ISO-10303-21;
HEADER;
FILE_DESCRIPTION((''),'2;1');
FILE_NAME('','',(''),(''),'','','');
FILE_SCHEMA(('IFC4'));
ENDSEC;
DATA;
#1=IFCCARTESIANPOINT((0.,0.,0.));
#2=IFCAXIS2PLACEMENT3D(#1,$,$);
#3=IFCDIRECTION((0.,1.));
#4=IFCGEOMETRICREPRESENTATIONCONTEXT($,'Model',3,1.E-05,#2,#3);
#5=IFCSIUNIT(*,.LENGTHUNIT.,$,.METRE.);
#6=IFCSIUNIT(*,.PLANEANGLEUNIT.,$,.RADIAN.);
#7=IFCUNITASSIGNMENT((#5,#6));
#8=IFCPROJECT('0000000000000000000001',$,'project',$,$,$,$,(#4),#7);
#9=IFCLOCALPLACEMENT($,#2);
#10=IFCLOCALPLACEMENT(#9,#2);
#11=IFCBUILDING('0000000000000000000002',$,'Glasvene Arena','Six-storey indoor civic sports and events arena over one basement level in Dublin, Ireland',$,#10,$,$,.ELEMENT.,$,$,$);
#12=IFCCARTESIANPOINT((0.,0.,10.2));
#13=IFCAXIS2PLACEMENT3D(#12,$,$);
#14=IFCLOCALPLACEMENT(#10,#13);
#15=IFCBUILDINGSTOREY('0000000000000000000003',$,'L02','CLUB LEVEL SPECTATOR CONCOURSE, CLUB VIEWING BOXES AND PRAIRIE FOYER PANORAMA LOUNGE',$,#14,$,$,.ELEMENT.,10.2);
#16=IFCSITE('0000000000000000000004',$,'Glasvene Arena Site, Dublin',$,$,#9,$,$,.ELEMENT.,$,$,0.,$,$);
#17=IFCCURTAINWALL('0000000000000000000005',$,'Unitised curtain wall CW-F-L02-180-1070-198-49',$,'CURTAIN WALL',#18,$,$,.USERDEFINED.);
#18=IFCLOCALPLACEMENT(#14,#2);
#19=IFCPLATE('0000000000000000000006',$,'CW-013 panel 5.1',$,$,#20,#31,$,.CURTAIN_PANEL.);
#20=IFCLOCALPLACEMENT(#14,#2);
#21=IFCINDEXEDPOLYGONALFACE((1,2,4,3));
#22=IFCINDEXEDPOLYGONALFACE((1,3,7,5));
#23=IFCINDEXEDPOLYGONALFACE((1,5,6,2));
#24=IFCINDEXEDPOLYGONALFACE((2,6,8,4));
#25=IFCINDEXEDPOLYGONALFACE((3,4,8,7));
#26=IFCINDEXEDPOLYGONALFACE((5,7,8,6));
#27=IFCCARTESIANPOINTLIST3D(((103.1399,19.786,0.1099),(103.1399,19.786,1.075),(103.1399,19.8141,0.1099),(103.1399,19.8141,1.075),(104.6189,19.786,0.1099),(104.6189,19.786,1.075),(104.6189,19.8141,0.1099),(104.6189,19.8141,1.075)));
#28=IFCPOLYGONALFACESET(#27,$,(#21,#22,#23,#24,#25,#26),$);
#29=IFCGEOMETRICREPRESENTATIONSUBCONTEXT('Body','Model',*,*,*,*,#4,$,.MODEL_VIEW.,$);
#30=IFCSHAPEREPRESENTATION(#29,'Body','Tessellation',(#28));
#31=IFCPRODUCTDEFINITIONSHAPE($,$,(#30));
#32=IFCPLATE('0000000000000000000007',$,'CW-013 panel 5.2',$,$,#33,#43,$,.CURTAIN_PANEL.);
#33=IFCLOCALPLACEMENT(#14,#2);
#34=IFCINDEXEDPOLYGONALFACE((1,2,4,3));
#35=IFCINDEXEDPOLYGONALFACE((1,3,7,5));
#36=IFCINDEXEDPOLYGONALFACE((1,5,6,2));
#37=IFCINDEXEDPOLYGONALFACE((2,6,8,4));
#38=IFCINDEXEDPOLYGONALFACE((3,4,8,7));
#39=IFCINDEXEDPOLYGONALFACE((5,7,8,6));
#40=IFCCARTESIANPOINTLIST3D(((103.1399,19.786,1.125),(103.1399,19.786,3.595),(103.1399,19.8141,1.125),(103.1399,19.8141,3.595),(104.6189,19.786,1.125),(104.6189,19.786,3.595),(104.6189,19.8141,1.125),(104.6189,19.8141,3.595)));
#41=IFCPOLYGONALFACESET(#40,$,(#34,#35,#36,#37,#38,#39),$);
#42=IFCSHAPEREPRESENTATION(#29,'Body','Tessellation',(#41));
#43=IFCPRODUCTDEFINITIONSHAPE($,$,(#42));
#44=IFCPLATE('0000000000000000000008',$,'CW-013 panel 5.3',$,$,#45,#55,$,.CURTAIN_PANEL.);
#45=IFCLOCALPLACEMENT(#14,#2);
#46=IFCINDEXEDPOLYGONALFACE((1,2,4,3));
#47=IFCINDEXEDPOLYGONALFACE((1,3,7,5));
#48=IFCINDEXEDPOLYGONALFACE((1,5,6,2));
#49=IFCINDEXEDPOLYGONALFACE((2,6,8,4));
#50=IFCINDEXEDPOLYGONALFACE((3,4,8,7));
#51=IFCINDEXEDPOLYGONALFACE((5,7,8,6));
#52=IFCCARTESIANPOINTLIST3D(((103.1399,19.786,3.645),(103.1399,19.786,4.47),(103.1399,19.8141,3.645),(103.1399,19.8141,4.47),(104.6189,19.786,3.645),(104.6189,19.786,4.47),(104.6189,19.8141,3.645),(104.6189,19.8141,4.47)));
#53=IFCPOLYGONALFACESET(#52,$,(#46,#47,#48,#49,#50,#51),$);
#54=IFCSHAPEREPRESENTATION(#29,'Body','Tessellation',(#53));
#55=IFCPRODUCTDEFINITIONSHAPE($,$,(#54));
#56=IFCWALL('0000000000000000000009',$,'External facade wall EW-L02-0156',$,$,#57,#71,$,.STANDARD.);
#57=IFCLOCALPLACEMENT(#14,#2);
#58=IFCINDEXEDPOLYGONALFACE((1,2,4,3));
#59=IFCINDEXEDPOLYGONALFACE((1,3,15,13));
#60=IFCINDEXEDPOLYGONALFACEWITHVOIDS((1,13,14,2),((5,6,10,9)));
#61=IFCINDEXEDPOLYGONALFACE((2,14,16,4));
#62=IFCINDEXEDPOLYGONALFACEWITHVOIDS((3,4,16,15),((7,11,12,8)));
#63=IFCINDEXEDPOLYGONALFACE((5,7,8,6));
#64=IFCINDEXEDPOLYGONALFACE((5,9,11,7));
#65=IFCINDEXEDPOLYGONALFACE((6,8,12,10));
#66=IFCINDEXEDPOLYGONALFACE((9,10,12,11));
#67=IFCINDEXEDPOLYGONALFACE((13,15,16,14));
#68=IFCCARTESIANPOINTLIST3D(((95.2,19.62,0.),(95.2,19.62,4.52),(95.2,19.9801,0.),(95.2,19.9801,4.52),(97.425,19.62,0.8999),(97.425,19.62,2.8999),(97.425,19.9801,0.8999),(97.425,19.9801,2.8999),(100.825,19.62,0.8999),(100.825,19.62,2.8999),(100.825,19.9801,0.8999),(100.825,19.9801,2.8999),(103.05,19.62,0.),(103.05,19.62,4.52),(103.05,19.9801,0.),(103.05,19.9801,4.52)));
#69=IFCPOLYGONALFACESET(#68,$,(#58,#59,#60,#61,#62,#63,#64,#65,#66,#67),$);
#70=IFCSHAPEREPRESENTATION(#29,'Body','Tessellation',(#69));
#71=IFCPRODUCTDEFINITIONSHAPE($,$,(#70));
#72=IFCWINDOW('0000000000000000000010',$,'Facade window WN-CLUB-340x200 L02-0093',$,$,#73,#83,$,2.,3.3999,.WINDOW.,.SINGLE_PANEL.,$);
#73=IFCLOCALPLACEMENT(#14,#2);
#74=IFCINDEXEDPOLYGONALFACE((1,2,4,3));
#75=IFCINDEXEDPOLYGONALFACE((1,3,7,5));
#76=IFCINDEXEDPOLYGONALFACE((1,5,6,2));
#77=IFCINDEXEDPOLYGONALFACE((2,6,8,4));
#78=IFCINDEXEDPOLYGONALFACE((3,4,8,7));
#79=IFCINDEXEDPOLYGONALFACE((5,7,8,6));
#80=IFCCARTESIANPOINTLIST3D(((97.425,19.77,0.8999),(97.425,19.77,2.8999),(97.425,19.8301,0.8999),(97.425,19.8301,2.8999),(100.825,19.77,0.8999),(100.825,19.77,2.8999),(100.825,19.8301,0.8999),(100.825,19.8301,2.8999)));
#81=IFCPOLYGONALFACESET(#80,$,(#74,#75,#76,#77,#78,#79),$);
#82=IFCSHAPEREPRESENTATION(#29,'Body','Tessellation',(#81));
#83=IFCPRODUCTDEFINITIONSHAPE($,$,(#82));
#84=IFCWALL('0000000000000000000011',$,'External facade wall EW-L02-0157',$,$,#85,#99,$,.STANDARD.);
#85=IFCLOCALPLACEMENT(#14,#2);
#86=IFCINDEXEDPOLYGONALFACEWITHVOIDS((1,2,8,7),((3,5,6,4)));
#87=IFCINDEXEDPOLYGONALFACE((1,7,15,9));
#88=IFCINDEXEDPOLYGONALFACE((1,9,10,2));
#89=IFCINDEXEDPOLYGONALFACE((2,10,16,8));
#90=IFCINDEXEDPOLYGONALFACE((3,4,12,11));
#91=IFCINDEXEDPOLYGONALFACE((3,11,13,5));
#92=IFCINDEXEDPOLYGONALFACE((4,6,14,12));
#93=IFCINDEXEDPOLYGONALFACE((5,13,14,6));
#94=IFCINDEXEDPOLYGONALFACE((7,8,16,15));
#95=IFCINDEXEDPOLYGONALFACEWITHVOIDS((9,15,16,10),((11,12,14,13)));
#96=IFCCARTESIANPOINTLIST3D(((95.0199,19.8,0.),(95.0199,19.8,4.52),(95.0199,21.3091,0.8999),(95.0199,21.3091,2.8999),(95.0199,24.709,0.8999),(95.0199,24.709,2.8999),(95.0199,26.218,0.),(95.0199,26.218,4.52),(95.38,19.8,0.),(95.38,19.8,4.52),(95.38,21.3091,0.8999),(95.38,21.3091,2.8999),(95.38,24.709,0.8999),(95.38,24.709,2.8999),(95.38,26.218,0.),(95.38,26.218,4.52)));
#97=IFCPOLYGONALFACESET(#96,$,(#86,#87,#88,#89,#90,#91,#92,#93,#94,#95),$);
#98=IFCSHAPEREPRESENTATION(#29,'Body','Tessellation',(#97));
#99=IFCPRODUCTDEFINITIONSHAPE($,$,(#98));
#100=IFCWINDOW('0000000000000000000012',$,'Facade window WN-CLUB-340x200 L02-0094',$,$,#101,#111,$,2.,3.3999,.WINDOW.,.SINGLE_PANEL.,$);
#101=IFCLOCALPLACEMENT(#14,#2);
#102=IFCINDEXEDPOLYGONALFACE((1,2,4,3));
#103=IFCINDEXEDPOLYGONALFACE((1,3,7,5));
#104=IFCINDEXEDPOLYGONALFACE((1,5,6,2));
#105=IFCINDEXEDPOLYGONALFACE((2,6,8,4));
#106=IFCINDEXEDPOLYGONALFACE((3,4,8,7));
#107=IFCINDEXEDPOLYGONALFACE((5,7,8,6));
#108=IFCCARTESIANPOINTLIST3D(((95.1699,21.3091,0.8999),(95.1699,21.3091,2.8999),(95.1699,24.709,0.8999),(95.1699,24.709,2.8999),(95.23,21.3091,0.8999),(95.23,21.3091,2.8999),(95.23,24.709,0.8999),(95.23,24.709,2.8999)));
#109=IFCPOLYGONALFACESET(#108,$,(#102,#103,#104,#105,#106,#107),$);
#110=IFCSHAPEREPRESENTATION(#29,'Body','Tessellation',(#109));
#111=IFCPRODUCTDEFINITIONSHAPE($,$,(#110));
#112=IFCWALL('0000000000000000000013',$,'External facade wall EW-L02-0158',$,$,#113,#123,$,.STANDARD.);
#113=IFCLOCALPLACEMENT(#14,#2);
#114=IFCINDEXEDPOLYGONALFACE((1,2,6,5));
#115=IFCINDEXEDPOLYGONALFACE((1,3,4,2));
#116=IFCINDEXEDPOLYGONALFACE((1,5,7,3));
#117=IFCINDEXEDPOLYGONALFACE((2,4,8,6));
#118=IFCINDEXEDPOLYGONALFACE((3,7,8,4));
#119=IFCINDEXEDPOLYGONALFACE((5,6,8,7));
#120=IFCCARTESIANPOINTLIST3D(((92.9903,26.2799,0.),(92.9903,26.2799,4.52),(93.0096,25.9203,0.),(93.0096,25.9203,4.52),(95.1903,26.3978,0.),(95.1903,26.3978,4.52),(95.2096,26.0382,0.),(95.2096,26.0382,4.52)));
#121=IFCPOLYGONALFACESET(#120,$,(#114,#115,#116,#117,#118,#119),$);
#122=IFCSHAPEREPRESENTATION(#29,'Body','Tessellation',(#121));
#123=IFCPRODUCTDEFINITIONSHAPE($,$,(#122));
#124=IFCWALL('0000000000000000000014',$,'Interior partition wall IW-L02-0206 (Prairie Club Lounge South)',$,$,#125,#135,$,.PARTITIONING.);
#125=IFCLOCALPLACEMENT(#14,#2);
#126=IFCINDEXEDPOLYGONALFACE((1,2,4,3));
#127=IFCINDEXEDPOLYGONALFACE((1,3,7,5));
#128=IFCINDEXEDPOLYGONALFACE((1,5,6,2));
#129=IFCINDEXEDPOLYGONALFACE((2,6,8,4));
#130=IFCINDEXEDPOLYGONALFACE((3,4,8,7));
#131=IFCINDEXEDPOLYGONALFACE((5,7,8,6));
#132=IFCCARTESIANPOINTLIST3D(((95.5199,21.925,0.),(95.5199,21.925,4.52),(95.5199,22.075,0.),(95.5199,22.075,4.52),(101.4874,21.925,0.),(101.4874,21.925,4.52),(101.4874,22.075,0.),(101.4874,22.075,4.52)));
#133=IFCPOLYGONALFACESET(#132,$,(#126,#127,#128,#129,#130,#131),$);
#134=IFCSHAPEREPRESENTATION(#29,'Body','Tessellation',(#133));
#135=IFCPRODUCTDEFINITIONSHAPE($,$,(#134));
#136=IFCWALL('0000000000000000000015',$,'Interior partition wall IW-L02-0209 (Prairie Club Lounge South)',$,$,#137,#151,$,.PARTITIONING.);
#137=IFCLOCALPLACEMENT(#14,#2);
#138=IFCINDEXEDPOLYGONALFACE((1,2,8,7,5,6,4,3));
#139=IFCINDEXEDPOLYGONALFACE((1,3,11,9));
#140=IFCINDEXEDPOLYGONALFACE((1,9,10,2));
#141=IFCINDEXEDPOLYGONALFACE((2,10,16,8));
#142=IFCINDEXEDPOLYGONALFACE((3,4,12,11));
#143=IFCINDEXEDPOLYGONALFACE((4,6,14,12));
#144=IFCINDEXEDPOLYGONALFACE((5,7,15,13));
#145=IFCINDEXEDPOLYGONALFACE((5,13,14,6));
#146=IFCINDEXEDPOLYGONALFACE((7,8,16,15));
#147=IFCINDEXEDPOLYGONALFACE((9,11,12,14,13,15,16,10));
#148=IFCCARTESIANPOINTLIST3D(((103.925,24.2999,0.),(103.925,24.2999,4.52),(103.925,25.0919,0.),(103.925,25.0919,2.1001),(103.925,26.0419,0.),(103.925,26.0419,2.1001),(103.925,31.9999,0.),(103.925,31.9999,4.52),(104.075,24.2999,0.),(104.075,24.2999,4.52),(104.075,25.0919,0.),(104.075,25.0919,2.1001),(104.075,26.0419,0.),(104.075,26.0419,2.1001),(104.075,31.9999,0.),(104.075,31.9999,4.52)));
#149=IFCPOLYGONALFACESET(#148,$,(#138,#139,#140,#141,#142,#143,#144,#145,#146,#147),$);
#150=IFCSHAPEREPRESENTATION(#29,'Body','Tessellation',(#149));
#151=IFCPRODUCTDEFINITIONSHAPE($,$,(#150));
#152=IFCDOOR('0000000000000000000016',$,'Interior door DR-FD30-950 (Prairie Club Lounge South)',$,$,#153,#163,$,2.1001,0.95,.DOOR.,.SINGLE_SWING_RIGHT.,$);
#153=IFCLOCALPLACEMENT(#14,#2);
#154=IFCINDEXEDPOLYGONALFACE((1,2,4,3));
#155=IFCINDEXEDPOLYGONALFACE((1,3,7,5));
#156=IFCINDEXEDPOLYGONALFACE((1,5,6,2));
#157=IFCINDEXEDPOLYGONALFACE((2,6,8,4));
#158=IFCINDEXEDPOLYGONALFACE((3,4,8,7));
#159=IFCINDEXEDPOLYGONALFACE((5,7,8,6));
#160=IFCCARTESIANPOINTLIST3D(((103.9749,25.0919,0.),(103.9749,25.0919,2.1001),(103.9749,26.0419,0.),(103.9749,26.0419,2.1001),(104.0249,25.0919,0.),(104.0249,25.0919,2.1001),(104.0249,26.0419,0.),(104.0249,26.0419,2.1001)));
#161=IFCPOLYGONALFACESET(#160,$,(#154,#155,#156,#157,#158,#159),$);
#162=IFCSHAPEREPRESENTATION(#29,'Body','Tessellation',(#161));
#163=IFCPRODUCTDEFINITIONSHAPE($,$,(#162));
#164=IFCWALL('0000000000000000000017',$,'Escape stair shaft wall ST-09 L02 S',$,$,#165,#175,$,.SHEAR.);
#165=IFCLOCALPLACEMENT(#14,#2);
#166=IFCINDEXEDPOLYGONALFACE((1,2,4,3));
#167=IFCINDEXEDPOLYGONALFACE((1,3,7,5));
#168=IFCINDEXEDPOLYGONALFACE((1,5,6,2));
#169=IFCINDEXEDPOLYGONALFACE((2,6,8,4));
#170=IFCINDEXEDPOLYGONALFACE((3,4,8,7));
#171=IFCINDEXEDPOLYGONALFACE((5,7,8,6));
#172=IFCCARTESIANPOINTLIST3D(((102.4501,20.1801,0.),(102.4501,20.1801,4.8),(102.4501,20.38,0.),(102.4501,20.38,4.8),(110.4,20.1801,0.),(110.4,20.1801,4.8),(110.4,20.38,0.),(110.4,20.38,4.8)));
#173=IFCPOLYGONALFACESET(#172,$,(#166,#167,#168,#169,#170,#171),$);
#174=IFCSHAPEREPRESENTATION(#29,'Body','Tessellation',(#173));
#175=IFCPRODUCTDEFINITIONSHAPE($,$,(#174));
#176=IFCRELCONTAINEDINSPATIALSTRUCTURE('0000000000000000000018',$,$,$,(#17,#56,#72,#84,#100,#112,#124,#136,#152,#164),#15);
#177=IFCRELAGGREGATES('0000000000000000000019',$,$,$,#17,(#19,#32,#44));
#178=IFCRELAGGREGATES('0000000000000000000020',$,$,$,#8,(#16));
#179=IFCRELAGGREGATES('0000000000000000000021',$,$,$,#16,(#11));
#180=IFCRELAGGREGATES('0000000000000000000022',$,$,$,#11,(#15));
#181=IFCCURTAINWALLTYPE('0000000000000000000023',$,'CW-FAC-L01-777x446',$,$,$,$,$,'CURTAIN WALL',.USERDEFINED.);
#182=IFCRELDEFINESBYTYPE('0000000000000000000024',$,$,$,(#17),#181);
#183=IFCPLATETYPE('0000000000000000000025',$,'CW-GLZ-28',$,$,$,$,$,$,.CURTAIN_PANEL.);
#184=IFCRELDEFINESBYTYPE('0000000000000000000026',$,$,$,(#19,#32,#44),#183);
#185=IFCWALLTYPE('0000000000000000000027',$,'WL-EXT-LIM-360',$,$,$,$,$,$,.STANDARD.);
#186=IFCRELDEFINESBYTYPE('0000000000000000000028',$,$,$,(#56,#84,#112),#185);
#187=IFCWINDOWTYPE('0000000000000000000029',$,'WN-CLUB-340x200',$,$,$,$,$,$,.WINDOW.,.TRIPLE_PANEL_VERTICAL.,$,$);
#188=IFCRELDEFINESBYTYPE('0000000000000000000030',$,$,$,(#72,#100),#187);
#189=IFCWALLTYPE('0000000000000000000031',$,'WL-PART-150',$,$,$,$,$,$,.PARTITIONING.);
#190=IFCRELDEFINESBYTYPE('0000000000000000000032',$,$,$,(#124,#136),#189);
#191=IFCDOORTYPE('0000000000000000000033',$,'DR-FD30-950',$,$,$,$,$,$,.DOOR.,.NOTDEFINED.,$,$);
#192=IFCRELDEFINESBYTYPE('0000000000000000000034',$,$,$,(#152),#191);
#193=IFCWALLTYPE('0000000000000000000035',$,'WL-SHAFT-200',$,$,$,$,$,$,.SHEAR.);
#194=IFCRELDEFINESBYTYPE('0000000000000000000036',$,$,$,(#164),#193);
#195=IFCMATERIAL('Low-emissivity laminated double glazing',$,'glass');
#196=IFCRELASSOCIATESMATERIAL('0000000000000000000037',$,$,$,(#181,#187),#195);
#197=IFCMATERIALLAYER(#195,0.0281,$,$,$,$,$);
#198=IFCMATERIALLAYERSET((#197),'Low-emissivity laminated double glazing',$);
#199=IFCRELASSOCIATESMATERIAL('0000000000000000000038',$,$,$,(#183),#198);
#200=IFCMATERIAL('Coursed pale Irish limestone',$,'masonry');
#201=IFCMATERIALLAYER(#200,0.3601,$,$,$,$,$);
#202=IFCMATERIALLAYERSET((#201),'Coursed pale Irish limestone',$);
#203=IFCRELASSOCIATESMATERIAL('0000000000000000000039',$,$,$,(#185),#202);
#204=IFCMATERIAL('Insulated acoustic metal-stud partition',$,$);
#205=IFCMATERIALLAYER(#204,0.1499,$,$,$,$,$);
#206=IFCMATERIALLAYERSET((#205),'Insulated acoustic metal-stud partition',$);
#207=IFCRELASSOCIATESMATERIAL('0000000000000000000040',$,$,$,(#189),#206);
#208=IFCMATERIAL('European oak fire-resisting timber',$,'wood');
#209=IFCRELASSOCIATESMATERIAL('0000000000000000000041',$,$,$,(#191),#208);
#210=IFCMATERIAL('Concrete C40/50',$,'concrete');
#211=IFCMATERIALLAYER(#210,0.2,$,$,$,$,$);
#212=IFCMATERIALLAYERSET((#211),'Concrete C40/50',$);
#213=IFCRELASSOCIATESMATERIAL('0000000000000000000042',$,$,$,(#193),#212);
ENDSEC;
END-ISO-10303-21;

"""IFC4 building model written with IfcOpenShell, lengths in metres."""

from ifc_helpers import new_model, si_unit, direction, frame, frame_2d, origin, origin_2d, place, context, subcontext, project, spatial, rectangle, extrude, material, layer, layer_set, type_object, element, fill, aggregate, save


model = new_model("IFC4")

# Units and contexts
model_context = context("Model", 3, precision=1e-05, world=origin(), true_north=direction((0.0, 1.0)))
body_context = subcontext(model_context, "Body", "Model", "MODEL_VIEW")
ifc_project = project(units=[si_unit("LENGTHUNIT", "METRE"), si_unit("PLANEANGLEUNIT", "RADIAN")], contexts=[model_context])

# Site, building, storey
site_placement = place(None, origin())
site = spatial("IfcSite", under=ifc_project, at=site_placement, Name="Glasvene Arena Site, Dublin", CompositionType="ELEMENT", RefElevation=0.0)
building_placement = place(site_placement, origin())
building = spatial("IfcBuilding", under=site, at=building_placement, Name="Glasvene Arena", Description="Six-storey indoor civic sports and events arena over one basement level in Dublin, Ireland", CompositionType="ELEMENT")
storey_placement = place(building_placement, frame((0.0, 0.0, 10.2)))
storey = spatial("IfcBuildingStorey", under=building, at=storey_placement, Name="L02", Description="CLUB LEVEL SPECTATOR CONCOURSE, CLUB VIEWING BOXES AND PRAIRIE FOYER PANORAMA LOUNGE", CompositionType="ELEMENT", Elevation=10.2)

# Curtain wall, plates
ifc_material_1 = material(Name="Low-emissivity laminated double glazing", Category="glass")
curtain_wall_type = type_object("IfcCurtainWallType", Name="CW-FAC-L01-777x446", ElementType="CURTAIN WALL", PredefinedType="USERDEFINED", material=ifc_material_1)
curtain_wall_placement = place(storey_placement, frame((110.8601, 19.8, 0.0)))
curtain_wall = element("IfcCurtainWall", 1, at=curtain_wall_placement, inside=storey, type_object=curtain_wall_type, Name="Unitised curtain wall CW-F-L02-180-1070-198-49", ObjectType="CURTAIN WALL", PredefinedType="USERDEFINED")
ifc_layer_1 = layer(ifc_material_1, 0.0281)
ifc_layer_set_1 = layer_set([ifc_layer_1], Name="Low-emissivity laminated double glazing")
plate_type = type_object("IfcPlateType", Name="CW-GLZ-28", PredefinedType="CURTAIN_PANEL", material=ifc_layer_set_1)
plate_1_placement = place(storey_placement, frame((103.8794, 19.8, 0.1099), z_axis=(0.0, 0.0, 1.0), x_axis=(-1.0, 0.0, 0.0)))
plate_1 = element("IfcPlate", 2, at=plate_1_placement, type_object=plate_type, Name="CW-013 panel 5.1", PredefinedType="CURTAIN_PANEL", context=body_context, shape_type="SweptSolid", body=[
    extrude(rectangle(XDim=1.479, YDim=0.0281, at=origin_2d()), origin(), (0.0, 0.0, 1.0), 0.9651),
])
plate_2_placement = place(storey_placement, frame((103.8794, 19.8, 1.125), z_axis=(0.0, 0.0, 1.0), x_axis=(-1.0, 0.0, 0.0)))
plate_2 = element("IfcPlate", 3, at=plate_2_placement, type_object=plate_type, Name="CW-013 panel 5.2", PredefinedType="CURTAIN_PANEL", context=body_context, shape_type="SweptSolid", body=[
    extrude(rectangle(XDim=1.479, YDim=0.0281, at=origin_2d()), origin(), (0.0, 0.0, 1.0), 2.47),
])
plate_3_placement = place(storey_placement, frame((103.8794, 19.8, 3.645), z_axis=(0.0, 0.0, 1.0), x_axis=(-1.0, 0.0, 0.0)))
plate_3 = element("IfcPlate", 4, at=plate_3_placement, type_object=plate_type, Name="CW-013 panel 5.3", PredefinedType="CURTAIN_PANEL", context=body_context, shape_type="SweptSolid", body=[
    extrude(rectangle(XDim=1.479, YDim=0.0281, at=origin_2d()), origin(), (0.0, 0.0, 1.0), 0.825),
])
aggregate(curtain_wall, [plate_1, plate_2, plate_3])

# Shared definitions
ifc_material_2 = material(Name="Concrete C40/50", Category="concrete")

# Walls, openings, windows
ifc_material_3 = material(Name="Coursed pale Irish limestone", Category="masonry")
ifc_layer_2 = layer(ifc_material_3, 0.3601)
ifc_layer_set_2 = layer_set([ifc_layer_2], Name="Coursed pale Irish limestone")
wall_type_1 = type_object("IfcWallType", Name="WL-EXT-LIM-360", PredefinedType="STANDARD", material=ifc_layer_set_2)
wall_1_placement = place(storey_placement, frame((103.05, 19.8, 0.0), z_axis=(0.0, 0.0, 1.0), x_axis=(-1.0, 0.0, 0.0)))
wall_1 = element("IfcWall", 5, at=wall_1_placement, inside=storey, type_object=wall_type_1, Name="External facade wall EW-L02-0156", PredefinedType="STANDARD", context=body_context, shape_type="SweptSolid", body=[
    extrude(rectangle(XDim=7.8501, YDim=0.3601, at=frame_2d((3.925, 0.0))), origin(), (0.0, 0.0, 1.0), 4.52),
])
opening_1_placement = place(wall_1_placement, frame((2.2251, 0.0, 0.8999)))
opening_1 = element("IfcOpeningElement", 6, at=opening_1_placement, cuts=wall_1, PredefinedType="OPENING", context=body_context, shape_type="SweptSolid", body=[
    extrude(rectangle(XDim=3.3999, YDim=2.0, at=frame_2d((1.7, 1.0))), frame((0.0, 0.1899, 0.0), z_axis=(0.0, -1.0, 0.0), x_axis=(1.0, 0.0, 0.0)), (0.0, 0.0, 1.0), 0.3801),
])
window_type = type_object("IfcWindowType", Name="WN-CLUB-340x200", PartitioningType="TRIPLE_PANEL_VERTICAL", PredefinedType="WINDOW", material=ifc_material_1)
window_1_placement = place(opening_1_placement, origin())
window_1 = element("IfcWindow", 7, at=window_1_placement, inside=storey, type_object=window_type, Name="Facade window WN-CLUB-340x200 L02-0093", OverallHeight=2.0, OverallWidth=3.3999, PartitioningType="SINGLE_PANEL", PredefinedType="WINDOW", context=body_context, shape_type="SweptSolid", body=[
    extrude(rectangle(XDim=3.3999, YDim=2.0, at=frame_2d((1.7, 1.0))), frame((0.0, 0.03, 0.0), z_axis=(0.0, -1.0, 0.0), x_axis=(1.0, 0.0, 0.0)), (0.0, 0.0, 1.0), 0.0601),
])
fill(opening_1, window_1)
wall_2_placement = place(storey_placement, frame((95.2, 19.8, 0.0), z_axis=(0.0, 0.0, 1.0), x_axis=(0.0, 1.0, 0.0)))
wall_2 = element("IfcWall", 8, at=wall_2_placement, inside=storey, type_object=wall_type_1, Name="External facade wall EW-L02-0157", PredefinedType="STANDARD", context=body_context, shape_type="SweptSolid", body=[
    extrude(rectangle(XDim=6.418, YDim=0.3601, at=frame_2d((3.209, 0.0))), origin(), (0.0, 0.0, 1.0), 4.52),
])
opening_2_placement = place(wall_2_placement, frame((1.509, 0.0, 0.8999)))
opening_2 = element("IfcOpeningElement", 9, at=opening_2_placement, cuts=wall_2, PredefinedType="OPENING", context=body_context, shape_type="SweptSolid", body=[
    extrude(rectangle(XDim=3.3999, YDim=2.0, at=frame_2d((1.7, 1.0))), frame((0.0, 0.1899, 0.0), z_axis=(0.0, -1.0, 0.0), x_axis=(1.0, 0.0, 0.0)), (0.0, 0.0, 1.0), 0.3801),
])
window_2_placement = place(opening_2_placement, origin())
window_2 = element("IfcWindow", 10, at=window_2_placement, inside=storey, type_object=window_type, Name="Facade window WN-CLUB-340x200 L02-0094", OverallHeight=2.0, OverallWidth=3.3999, PartitioningType="SINGLE_PANEL", PredefinedType="WINDOW", context=body_context, shape_type="SweptSolid", body=[
    extrude(rectangle(XDim=3.3999, YDim=2.0, at=frame_2d((1.7, 1.0))), frame((0.0, 0.03, 0.0), z_axis=(0.0, -1.0, 0.0), x_axis=(1.0, 0.0, 0.0)), (0.0, 0.0, 1.0), 0.0601),
])
fill(opening_2, window_2)

# Walls
wall_3_placement = place(storey_placement, frame((95.2, 26.218, 0.0), z_axis=(0.0, 0.0, 1.0), x_axis=(-0.998567, -0.053524, 0.0)))
element("IfcWall", 11, at=wall_3_placement, inside=storey, type_object=wall_type_1, Name="External facade wall EW-L02-0158", PredefinedType="STANDARD", context=body_context, shape_type="SweptSolid", body=[
    extrude(rectangle(XDim=2.2031, YDim=0.3601, at=frame_2d((1.1016, 0.0))), origin(), (0.0, 0.0, 1.0), 4.52),
])
ifc_material_4 = material(Name="Insulated acoustic metal-stud partition")
ifc_layer_3 = layer(ifc_material_4, 0.1499)
ifc_layer_set_3 = layer_set([ifc_layer_3], Name="Insulated acoustic metal-stud partition")
wall_type_2 = type_object("IfcWallType", Name="WL-PART-150", PredefinedType="PARTITIONING", material=ifc_layer_set_3)
wall_4_placement = place(storey_placement, frame((101.4875, 22.0, 0.0), z_axis=(0.0, 0.0, 1.0), x_axis=(-1.0, 0.0, 0.0)))
element("IfcWall", 12, at=wall_4_placement, inside=storey, type_object=wall_type_2, Name="Interior partition wall IW-L02-0206 (Prairie Club Lounge South)", PredefinedType="PARTITIONING", context=body_context, shape_type="SweptSolid", body=[
    extrude(rectangle(XDim=5.9675, YDim=0.1499, at=frame_2d((2.9839, 0.0))), origin(), (0.0, 0.0, 1.0), 4.52),
])

# Wall, opening, door
wall_5_placement = place(storey_placement, frame((104.0, 32.0, 0.0), z_axis=(0.0, 0.0, 1.0), x_axis=(0.0, -1.0, 0.0)))
wall_5 = element("IfcWall", 13, at=wall_5_placement, inside=storey, type_object=wall_type_2, Name="Interior partition wall IW-L02-0209 (Prairie Club Lounge South)", PredefinedType="PARTITIONING", context=body_context, shape_type="SweptSolid", body=[
    extrude(rectangle(XDim=7.7, YDim=0.1499, at=frame_2d((3.8501, 0.0))), origin(), (0.0, 0.0, 1.0), 4.52),
])
opening_3_placement = place(wall_5_placement, frame((5.958, 0.0, 0.0)))
opening_3 = element("IfcOpeningElement", 14, at=opening_3_placement, cuts=wall_5, PredefinedType="OPENING", context=body_context, shape_type="SweptSolid", body=[
    extrude(rectangle(XDim=0.95, YDim=2.1001, at=frame_2d((0.4751, 1.05))), frame((0.0, 0.085, 0.0), z_axis=(0.0, -1.0, 0.0), x_axis=(1.0, 0.0, 0.0)), (0.0, 0.0, 1.0), 0.1699),
])
ifc_material_5 = material(Name="European oak fire-resisting timber", Category="wood")
door_type_1 = type_object("IfcDoorType", Name="DR-FD30-950", OperationType="NOTDEFINED", PredefinedType="DOOR", material=ifc_material_5)
door_1_placement = place(opening_3_placement, origin())
door_1 = element("IfcDoor", 15, at=door_1_placement, inside=storey, type_object=door_type_1, Name="Interior door DR-FD30-950 (Prairie Club Lounge South)", OperationType="SINGLE_SWING_RIGHT", OverallHeight=2.1001, OverallWidth=0.95, PredefinedType="DOOR", context=body_context, shape_type="SweptSolid", body=[
    extrude(rectangle(XDim=0.95, YDim=2.1001, at=frame_2d((0.4751, 1.05))), frame((0.0, 0.0249, 0.0), z_axis=(0.0, -1.0, 0.0), x_axis=(1.0, 0.0, 0.0)), (0.0, 0.0, 1.0), 0.05),
])
fill(opening_3, door_1)

# Wall
ifc_layer_4 = layer(ifc_material_2, 0.2)
ifc_layer_set_4 = layer_set([ifc_layer_4], Name="Concrete C40/50")
wall_type_3 = type_object("IfcWallType", Name="WL-SHAFT-200", PredefinedType="SHEAR", material=ifc_layer_set_4)
wall_6_placement = place(storey_placement, frame((102.45, 20.28, 0.0), z_axis=(0.0, 0.0, 1.0), x_axis=(1.0, 0.0, 0.0)))
element("IfcWall", 16, at=wall_6_placement, inside=storey, type_object=wall_type_3, Name="Escape stair shaft wall ST-09 L02 S", PredefinedType="SHEAR", context=body_context, shape_type="SweptSolid", body=[
    extrude(rectangle(XDim=7.95, YDim=0.2, at=frame_2d((3.9751, 0.0))), origin(), (0.0, 0.0, 1.0), 4.8),
])

save(model, "model.ifc")
